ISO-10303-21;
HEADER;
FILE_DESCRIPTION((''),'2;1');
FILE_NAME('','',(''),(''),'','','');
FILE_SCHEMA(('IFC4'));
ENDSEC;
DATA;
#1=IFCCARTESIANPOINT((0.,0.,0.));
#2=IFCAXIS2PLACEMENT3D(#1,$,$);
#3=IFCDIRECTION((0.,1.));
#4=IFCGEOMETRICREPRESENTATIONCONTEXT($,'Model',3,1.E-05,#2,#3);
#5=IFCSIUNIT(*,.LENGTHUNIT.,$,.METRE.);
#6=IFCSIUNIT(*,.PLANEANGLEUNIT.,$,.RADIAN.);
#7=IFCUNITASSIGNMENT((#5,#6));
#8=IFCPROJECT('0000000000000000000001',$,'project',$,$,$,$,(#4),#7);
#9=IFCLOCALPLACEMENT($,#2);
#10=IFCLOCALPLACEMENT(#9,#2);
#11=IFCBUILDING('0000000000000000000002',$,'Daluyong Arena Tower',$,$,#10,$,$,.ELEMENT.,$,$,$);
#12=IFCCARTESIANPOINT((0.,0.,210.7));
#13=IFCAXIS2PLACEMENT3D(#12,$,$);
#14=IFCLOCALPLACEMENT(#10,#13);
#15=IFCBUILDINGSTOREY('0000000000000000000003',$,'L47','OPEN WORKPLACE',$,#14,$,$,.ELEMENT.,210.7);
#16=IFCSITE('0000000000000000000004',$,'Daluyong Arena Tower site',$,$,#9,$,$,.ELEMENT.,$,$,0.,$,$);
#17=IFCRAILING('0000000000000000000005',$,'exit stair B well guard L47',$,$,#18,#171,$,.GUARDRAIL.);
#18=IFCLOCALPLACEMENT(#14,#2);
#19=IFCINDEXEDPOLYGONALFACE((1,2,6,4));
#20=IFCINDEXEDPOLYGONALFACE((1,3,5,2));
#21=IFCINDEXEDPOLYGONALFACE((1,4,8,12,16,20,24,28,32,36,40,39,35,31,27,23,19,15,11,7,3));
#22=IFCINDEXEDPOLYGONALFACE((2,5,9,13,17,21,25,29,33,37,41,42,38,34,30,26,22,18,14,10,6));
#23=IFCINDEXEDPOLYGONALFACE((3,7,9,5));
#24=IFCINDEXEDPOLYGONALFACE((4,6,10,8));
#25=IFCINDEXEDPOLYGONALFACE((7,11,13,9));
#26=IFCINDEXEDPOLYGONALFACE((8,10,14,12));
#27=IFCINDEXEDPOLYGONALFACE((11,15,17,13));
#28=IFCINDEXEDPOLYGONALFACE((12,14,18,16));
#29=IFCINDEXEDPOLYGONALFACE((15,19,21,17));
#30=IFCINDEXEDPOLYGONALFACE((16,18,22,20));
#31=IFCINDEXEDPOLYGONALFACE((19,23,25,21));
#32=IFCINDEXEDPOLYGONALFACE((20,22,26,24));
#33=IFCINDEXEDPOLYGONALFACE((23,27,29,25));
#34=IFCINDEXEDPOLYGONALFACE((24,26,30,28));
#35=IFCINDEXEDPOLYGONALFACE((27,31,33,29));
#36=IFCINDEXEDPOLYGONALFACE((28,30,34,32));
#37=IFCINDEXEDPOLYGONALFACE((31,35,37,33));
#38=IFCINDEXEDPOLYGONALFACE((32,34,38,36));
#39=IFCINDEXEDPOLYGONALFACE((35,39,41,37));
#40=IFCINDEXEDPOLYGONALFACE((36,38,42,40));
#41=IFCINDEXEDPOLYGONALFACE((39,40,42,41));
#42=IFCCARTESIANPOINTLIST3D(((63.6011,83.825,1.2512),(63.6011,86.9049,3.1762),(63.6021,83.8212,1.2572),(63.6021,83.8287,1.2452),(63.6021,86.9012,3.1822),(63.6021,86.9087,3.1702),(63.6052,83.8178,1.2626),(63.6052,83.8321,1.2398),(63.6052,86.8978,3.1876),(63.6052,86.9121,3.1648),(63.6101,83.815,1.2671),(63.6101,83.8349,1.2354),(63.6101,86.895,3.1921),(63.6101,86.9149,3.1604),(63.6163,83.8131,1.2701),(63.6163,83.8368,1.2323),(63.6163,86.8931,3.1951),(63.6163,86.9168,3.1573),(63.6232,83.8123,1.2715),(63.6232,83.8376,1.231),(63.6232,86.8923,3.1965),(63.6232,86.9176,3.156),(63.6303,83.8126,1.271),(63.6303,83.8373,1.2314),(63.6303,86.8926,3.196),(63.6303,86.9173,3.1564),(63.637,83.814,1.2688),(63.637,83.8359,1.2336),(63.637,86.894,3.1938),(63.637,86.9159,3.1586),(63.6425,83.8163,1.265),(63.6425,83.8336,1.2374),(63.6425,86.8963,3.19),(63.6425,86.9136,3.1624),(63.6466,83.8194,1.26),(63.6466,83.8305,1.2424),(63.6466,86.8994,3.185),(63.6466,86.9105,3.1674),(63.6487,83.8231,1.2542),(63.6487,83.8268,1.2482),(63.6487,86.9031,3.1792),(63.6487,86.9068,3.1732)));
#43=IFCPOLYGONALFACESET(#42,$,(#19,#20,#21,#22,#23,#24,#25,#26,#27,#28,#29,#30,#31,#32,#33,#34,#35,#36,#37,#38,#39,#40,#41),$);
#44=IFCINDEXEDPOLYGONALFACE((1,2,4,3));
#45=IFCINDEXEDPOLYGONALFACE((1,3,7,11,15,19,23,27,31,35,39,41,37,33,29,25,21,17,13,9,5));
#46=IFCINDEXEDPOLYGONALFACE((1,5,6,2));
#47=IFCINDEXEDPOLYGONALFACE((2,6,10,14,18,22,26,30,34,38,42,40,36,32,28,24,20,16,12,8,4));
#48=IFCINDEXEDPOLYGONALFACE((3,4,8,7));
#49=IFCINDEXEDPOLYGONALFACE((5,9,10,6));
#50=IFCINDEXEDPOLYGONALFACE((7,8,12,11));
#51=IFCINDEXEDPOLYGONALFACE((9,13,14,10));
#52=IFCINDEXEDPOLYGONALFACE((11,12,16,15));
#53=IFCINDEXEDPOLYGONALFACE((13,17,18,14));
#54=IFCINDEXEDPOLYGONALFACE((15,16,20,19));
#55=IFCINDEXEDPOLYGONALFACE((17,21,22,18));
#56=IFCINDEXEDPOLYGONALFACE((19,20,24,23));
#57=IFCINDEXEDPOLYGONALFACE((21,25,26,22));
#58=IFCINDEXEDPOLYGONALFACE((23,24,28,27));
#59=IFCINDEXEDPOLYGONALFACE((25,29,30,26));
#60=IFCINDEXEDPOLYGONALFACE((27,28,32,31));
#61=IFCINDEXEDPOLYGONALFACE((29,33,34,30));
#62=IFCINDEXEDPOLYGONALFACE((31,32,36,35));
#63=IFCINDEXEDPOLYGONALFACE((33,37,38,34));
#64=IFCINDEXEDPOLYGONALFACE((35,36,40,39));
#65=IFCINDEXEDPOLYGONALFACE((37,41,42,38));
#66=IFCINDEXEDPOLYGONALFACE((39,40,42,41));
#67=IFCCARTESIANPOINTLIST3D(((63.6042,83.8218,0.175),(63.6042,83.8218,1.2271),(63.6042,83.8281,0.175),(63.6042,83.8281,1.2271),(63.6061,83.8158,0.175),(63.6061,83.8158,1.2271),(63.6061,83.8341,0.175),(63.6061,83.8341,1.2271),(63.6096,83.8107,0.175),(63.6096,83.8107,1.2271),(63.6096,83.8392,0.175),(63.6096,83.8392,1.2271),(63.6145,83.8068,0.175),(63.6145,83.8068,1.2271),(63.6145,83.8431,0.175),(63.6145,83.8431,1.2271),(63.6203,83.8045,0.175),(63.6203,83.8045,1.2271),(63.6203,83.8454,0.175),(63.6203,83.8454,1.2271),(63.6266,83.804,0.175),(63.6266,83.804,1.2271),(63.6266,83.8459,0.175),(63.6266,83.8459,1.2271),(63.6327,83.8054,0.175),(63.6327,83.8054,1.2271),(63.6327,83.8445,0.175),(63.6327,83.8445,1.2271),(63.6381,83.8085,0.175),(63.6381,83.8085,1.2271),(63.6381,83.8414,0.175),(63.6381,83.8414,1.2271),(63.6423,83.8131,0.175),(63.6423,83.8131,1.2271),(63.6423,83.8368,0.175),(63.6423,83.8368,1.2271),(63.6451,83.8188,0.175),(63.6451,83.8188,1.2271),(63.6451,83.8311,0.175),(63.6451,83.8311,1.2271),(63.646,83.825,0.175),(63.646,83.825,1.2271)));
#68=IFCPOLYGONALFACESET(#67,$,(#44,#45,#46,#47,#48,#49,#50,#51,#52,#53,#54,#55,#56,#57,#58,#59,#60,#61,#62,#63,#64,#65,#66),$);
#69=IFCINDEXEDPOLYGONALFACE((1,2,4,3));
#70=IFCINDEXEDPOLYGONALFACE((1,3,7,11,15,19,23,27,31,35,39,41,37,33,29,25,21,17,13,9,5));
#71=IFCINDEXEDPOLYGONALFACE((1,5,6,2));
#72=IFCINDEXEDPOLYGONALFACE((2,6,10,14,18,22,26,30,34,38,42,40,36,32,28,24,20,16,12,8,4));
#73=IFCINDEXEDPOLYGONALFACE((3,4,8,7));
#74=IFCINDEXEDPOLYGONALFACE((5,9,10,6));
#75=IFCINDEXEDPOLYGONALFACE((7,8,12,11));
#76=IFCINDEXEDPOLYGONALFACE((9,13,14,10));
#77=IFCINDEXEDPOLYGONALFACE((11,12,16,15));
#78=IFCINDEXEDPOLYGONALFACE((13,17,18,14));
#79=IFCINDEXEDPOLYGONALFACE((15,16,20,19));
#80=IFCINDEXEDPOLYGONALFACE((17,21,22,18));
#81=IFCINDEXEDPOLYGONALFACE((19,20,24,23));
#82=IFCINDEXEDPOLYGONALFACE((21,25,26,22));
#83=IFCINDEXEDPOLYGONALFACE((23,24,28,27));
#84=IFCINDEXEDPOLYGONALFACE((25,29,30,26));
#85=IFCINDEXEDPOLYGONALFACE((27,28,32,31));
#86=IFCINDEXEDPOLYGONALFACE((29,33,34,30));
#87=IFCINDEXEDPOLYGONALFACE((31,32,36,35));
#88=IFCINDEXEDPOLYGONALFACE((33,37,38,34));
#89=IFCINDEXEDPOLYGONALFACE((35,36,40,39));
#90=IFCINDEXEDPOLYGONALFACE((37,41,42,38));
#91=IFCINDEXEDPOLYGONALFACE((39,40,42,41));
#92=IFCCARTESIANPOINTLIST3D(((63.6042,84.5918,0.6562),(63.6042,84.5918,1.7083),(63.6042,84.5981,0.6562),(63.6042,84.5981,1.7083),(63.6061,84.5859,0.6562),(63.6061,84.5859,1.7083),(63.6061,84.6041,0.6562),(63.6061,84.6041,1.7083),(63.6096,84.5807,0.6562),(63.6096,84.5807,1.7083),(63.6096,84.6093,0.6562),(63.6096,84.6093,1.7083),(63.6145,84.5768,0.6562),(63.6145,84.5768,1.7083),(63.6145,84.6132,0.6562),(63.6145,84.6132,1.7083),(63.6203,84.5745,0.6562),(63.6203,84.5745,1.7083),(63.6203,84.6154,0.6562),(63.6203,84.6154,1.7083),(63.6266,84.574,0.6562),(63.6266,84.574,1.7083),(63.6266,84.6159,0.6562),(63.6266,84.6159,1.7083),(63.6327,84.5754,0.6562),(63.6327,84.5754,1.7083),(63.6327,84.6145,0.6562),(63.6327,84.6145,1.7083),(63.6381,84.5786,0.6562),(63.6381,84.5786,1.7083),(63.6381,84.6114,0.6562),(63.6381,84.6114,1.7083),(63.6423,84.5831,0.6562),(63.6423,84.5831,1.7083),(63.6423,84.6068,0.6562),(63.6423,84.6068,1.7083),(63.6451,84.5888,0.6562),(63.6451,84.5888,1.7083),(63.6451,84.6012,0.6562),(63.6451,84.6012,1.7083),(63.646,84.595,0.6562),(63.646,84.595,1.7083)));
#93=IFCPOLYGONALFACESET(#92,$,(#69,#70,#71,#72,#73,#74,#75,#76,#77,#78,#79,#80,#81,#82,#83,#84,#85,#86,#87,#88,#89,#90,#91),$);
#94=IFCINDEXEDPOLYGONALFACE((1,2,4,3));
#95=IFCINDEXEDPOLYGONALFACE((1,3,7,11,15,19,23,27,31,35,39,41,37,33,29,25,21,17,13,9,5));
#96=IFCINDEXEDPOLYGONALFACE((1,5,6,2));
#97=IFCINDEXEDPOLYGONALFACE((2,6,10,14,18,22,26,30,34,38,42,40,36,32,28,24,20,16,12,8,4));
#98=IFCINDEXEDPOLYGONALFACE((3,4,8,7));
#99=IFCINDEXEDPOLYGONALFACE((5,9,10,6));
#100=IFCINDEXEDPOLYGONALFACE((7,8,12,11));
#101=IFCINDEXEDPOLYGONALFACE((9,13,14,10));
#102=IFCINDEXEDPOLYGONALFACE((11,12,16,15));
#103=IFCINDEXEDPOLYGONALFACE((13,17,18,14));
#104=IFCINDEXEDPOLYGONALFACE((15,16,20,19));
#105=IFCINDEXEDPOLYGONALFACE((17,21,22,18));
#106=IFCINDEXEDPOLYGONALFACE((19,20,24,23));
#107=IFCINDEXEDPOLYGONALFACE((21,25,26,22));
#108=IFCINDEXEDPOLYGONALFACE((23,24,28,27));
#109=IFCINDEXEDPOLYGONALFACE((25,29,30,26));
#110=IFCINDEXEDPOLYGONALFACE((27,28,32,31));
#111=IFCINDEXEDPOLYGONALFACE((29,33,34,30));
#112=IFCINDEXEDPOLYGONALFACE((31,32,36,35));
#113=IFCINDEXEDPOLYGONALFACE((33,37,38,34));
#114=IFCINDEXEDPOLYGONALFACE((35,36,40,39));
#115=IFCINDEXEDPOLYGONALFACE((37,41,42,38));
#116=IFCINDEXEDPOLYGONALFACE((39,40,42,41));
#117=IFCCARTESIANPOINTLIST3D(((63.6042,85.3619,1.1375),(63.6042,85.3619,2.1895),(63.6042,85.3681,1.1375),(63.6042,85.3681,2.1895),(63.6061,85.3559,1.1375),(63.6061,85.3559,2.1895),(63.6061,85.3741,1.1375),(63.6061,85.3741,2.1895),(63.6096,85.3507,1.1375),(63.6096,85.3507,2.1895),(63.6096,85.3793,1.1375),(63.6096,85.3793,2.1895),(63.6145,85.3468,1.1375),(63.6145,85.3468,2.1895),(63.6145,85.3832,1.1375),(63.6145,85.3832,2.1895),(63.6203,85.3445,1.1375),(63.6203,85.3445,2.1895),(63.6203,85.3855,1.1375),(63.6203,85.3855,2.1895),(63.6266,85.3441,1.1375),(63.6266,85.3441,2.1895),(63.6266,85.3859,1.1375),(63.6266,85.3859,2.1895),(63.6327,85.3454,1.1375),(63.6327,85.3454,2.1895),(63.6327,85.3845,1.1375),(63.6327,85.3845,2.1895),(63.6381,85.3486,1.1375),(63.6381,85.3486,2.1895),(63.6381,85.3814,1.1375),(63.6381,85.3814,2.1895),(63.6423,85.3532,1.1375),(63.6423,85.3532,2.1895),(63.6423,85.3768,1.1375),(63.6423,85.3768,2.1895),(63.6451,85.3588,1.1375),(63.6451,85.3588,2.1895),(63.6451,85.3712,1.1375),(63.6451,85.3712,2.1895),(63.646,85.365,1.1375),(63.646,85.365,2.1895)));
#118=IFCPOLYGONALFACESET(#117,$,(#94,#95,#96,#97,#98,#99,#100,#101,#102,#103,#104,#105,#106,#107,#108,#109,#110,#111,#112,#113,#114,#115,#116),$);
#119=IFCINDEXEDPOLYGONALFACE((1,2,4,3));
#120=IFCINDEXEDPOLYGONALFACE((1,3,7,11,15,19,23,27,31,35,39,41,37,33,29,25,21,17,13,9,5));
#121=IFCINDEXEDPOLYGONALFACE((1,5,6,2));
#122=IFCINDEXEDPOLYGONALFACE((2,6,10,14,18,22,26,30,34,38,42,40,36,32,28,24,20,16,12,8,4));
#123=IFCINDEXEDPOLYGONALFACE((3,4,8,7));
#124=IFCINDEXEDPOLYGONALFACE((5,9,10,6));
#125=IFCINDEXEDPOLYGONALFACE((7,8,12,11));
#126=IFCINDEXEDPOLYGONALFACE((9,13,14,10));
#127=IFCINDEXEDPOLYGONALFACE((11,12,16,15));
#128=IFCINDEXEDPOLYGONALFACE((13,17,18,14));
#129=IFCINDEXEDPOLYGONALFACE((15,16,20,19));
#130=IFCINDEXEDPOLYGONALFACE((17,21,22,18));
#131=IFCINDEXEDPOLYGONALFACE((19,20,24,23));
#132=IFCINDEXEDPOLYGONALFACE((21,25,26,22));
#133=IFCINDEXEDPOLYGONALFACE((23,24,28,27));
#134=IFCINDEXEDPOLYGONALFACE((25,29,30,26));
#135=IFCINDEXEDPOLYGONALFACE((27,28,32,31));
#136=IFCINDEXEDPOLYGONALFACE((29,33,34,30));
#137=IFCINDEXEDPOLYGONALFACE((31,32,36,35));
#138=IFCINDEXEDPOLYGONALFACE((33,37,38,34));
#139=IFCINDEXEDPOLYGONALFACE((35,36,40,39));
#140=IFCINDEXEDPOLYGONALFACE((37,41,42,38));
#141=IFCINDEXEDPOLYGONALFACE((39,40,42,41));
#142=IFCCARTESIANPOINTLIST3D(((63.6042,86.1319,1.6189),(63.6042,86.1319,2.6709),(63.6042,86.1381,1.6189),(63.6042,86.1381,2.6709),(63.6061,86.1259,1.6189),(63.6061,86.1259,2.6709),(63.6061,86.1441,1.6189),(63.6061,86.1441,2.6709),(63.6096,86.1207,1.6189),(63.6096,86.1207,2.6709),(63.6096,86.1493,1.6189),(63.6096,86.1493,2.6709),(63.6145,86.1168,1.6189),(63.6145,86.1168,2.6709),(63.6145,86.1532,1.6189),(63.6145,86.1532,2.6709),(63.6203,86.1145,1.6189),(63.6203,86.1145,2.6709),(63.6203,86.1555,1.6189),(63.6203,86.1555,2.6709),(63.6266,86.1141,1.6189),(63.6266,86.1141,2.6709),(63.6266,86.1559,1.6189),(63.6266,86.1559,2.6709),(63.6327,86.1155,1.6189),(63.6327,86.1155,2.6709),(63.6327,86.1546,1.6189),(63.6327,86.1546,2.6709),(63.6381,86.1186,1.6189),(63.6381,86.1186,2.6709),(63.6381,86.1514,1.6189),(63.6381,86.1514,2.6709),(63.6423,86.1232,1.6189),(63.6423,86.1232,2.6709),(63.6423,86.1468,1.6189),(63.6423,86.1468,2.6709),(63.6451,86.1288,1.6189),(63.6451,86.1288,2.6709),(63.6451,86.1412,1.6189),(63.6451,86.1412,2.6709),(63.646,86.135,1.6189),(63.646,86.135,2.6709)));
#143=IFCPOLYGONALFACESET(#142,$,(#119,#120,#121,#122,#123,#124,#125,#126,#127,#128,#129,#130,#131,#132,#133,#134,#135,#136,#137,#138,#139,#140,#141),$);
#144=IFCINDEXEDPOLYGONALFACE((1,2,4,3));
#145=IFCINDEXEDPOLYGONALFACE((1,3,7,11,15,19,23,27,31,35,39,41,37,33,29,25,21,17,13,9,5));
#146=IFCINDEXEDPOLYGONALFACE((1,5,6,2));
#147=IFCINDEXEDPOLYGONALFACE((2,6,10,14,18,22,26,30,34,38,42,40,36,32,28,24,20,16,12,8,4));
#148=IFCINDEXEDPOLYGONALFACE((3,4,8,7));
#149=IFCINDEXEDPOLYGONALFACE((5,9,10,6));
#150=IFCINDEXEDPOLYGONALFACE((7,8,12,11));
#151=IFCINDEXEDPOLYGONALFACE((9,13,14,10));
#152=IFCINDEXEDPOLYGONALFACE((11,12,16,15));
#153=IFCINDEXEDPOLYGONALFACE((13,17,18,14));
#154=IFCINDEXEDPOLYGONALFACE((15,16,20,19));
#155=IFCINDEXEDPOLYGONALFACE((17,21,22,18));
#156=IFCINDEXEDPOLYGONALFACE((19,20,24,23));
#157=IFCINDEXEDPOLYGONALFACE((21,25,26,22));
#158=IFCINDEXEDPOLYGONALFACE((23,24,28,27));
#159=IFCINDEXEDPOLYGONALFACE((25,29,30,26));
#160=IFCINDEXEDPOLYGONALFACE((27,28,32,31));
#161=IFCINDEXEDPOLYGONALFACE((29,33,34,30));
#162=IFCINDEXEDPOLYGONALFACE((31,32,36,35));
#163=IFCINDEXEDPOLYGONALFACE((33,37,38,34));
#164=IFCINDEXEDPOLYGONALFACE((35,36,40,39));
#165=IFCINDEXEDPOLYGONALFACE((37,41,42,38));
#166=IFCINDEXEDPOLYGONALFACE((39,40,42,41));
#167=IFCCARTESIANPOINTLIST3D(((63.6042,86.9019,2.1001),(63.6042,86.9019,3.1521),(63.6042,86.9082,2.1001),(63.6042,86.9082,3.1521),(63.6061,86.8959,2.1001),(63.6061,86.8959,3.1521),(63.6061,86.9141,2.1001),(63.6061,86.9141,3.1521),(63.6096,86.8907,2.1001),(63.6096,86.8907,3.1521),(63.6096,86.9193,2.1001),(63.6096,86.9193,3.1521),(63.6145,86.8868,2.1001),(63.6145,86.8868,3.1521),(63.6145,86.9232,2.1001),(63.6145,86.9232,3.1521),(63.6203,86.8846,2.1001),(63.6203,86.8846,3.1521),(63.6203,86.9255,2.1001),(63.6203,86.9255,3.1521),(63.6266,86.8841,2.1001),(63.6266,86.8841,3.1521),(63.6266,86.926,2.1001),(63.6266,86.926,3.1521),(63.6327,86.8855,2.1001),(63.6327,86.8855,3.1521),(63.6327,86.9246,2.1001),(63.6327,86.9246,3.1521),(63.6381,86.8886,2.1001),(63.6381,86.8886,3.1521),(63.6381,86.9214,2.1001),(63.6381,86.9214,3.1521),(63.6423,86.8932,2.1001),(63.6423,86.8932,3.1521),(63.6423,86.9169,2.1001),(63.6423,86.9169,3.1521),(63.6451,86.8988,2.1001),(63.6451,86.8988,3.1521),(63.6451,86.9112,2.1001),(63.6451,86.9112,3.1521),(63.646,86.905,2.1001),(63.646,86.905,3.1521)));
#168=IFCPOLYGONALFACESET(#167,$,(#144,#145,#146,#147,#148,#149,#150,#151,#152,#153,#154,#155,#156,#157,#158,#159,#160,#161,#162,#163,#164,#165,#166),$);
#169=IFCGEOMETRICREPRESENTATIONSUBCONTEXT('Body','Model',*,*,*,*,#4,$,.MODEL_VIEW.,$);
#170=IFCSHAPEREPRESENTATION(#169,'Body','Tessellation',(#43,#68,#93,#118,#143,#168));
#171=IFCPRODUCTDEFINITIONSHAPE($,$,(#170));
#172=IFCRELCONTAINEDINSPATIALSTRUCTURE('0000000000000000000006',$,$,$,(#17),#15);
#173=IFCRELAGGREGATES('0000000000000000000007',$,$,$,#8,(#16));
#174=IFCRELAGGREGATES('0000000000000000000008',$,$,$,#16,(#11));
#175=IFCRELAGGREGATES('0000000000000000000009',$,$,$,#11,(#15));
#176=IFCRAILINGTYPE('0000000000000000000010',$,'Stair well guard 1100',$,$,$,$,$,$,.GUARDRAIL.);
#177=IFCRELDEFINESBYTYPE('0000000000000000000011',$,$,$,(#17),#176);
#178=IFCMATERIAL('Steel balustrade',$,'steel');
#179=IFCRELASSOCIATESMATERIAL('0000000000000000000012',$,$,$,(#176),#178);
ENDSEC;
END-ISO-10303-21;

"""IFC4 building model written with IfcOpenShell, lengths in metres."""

from ifc_helpers import new_model, si_unit, direction, frame, origin, origin_2d, place, context, subcontext, project, spatial, circle, extrude, material, type_object, element, save


model = new_model("IFC4")

# Units and contexts
model_context = context("Model", 3, precision=1e-05, world=origin(), true_north=direction((0.0, 1.0)))
body_context = subcontext(model_context, "Body", "Model", "MODEL_VIEW")
ifc_project = project(units=[si_unit("LENGTHUNIT", "METRE"), si_unit("PLANEANGLEUNIT", "RADIAN")], contexts=[model_context])

# Site, building, storey
site_placement = place(None, origin())
site = spatial("IfcSite", under=ifc_project, at=site_placement, Name="Daluyong Arena Tower site", CompositionType="ELEMENT", RefElevation=0.0)
building_placement = place(site_placement, origin())
building = spatial("IfcBuilding", under=site, at=building_placement, Name="Daluyong Arena Tower", CompositionType="ELEMENT")
storey_placement = place(building_placement, frame((0.0, 0.0, 210.7)))
storey = spatial("IfcBuildingStorey", under=building, at=storey_placement, Name="L47", Description="OPEN WORKPLACE", CompositionType="ELEMENT", Elevation=210.7)

# Railing
ifc_material_1 = material(Name="Steel balustrade", Category="steel")
railing_type_1 = type_object("IfcRailingType", Name="Stair well guard 1100", PredefinedType="GUARDRAIL", material=ifc_material_1)
railing_1_placement = place(storey_placement, frame((63.625, 83.825, 0.175)))
element("IfcRailing", 1, at=railing_1_placement, inside=storey, type_object=railing_type_1, Name="exit stair B well guard L47", PredefinedType="GUARDRAIL", context=body_context, shape_type="SweptSolid", body=[
    extrude(circle(Radius=0.0239, at=origin_2d()), frame((0.0, 0.0, 1.0762), z_axis=(0.0, 0.847998, 0.529999), x_axis=(-1.0, 0.0, 0.0)), (0.0, 0.0, 1.0), 3.6321),
    extrude(circle(Radius=0.021, at=origin_2d()), origin(), (0.0, 0.0, 1.0), 1.052),
    extrude(circle(Radius=0.021, at=origin_2d()), frame((0.0, 0.77, 0.4812)), (0.0, 0.0, 1.0), 1.052),
    extrude(circle(Radius=0.021, at=origin_2d()), frame((0.0, 1.54, 0.9624)), (0.0, 0.0, 1.0), 1.052),
    extrude(circle(Radius=0.021, at=origin_2d()), frame((0.0, 2.3101, 1.4438)), (0.0, 0.0, 1.0), 1.052),
    extrude(circle(Radius=0.021, at=origin_2d()), frame((0.0, 3.0801, 1.925)), (0.0, 0.0, 1.0), 1.052),
])

save(model, "model.ifc")
